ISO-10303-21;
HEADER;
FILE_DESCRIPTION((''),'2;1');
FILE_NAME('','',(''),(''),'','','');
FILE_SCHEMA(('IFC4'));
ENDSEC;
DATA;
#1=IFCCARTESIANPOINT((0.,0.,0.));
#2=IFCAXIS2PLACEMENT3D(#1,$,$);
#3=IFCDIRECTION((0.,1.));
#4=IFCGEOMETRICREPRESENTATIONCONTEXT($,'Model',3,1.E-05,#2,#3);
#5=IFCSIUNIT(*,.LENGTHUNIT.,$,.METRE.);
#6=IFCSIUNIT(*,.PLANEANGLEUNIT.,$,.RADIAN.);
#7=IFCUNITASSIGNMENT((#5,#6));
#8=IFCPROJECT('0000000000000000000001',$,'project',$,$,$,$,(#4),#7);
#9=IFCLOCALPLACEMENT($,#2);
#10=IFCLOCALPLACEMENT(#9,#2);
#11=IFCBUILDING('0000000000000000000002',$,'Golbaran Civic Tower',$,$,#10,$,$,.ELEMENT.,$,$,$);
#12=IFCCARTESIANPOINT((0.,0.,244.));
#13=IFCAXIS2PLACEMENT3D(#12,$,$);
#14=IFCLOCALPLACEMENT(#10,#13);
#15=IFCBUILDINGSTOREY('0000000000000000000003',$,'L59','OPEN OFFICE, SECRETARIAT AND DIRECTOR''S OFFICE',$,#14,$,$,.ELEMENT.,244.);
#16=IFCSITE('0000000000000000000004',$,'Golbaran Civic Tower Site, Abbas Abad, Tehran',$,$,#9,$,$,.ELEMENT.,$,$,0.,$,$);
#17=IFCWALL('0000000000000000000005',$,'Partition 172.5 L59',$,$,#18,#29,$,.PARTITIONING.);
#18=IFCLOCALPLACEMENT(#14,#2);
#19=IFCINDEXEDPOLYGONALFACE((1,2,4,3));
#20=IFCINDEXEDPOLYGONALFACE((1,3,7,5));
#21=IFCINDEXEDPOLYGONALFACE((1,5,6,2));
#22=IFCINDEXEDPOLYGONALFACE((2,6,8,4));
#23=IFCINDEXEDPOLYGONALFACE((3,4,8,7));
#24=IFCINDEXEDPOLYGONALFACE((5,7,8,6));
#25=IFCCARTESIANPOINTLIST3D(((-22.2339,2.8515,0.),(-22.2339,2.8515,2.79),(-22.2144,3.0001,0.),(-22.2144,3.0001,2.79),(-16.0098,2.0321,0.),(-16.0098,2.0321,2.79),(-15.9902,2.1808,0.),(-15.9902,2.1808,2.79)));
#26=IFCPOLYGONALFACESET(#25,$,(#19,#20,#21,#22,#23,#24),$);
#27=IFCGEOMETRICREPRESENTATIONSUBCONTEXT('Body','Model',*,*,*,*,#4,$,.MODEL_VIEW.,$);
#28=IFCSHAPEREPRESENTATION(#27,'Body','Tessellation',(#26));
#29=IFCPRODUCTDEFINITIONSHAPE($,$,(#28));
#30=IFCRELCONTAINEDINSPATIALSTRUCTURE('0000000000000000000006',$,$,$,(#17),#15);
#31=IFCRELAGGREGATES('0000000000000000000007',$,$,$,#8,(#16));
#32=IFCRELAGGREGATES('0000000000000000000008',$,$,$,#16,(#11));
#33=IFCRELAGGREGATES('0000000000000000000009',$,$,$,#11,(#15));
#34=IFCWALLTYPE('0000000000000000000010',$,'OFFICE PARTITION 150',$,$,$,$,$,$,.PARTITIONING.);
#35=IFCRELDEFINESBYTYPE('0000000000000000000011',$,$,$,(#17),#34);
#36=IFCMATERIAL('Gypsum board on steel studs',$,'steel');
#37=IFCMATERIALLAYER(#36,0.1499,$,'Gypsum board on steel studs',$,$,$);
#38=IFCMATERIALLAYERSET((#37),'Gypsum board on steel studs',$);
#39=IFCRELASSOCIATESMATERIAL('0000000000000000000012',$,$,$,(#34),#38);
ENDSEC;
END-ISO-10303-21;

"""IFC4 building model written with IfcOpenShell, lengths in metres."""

from ifc_helpers import new_model, si_unit, direction, frame, frame_2d, origin, place, context, subcontext, project, spatial, rectangle, extrude, material, layer, layer_set, type_object, element, save


model = new_model("IFC4")

# Units and contexts
model_context = context("Model", 3, precision=1e-05, world=origin(), true_north=direction((0.0, 1.0)))
body_context = subcontext(model_context, "Body", "Model", "MODEL_VIEW")
ifc_project = project(units=[si_unit("LENGTHUNIT", "METRE"), si_unit("PLANEANGLEUNIT", "RADIAN")], contexts=[model_context])

# Site, building, storey
site_placement = place(None, origin())
site = spatial("IfcSite", under=ifc_project, at=site_placement, Name="Golbaran Civic Tower Site, Abbas Abad, Tehran", CompositionType="ELEMENT", RefElevation=0.0)
building_placement = place(site_placement, origin())
building = spatial("IfcBuilding", under=site, at=building_placement, Name="Golbaran Civic Tower", CompositionType="ELEMENT")
storey_placement = place(building_placement, frame((0.0, 0.0, 244.0)))
storey = spatial("IfcBuildingStorey", under=building, at=storey_placement, Name="L59", Description="OPEN OFFICE, SECRETARIAT AND DIRECTOR'S OFFICE", CompositionType="ELEMENT", Elevation=244.0)

# Shared definitions
ifc_material_1 = material(Name="Gypsum board on steel studs", Category="steel")
ifc_layer_1 = layer(ifc_material_1, 0.1499, Name="Gypsum board on steel studs")
ifc_layer_set_1 = layer_set([ifc_layer_1], Name="Gypsum board on steel studs")
wall_type_1 = type_object("IfcWallType", Name="OFFICE PARTITION 150", PredefinedType="PARTITIONING", material=ifc_layer_set_1)

# Wall
wall_1_placement = place(storey_placement, frame((-16.0, 2.1064, 0.0), z_axis=(0.0, 0.0, 1.0), x_axis=(-0.991447, 0.130513, 0.0)))
element("IfcWall", 1, at=wall_1_placement, inside=storey, type_object=wall_type_1, Name="Partition 172.5 L59", PredefinedType="PARTITIONING", context=body_context, shape_type="SweptSolid", body=[
    extrude(rectangle(XDim=6.2778, YDim=0.1499, at=frame_2d((3.1389, 0.0))), origin(), (0.0, 0.0, 1.0), 2.79),
])

save(model, "model.ifc")
